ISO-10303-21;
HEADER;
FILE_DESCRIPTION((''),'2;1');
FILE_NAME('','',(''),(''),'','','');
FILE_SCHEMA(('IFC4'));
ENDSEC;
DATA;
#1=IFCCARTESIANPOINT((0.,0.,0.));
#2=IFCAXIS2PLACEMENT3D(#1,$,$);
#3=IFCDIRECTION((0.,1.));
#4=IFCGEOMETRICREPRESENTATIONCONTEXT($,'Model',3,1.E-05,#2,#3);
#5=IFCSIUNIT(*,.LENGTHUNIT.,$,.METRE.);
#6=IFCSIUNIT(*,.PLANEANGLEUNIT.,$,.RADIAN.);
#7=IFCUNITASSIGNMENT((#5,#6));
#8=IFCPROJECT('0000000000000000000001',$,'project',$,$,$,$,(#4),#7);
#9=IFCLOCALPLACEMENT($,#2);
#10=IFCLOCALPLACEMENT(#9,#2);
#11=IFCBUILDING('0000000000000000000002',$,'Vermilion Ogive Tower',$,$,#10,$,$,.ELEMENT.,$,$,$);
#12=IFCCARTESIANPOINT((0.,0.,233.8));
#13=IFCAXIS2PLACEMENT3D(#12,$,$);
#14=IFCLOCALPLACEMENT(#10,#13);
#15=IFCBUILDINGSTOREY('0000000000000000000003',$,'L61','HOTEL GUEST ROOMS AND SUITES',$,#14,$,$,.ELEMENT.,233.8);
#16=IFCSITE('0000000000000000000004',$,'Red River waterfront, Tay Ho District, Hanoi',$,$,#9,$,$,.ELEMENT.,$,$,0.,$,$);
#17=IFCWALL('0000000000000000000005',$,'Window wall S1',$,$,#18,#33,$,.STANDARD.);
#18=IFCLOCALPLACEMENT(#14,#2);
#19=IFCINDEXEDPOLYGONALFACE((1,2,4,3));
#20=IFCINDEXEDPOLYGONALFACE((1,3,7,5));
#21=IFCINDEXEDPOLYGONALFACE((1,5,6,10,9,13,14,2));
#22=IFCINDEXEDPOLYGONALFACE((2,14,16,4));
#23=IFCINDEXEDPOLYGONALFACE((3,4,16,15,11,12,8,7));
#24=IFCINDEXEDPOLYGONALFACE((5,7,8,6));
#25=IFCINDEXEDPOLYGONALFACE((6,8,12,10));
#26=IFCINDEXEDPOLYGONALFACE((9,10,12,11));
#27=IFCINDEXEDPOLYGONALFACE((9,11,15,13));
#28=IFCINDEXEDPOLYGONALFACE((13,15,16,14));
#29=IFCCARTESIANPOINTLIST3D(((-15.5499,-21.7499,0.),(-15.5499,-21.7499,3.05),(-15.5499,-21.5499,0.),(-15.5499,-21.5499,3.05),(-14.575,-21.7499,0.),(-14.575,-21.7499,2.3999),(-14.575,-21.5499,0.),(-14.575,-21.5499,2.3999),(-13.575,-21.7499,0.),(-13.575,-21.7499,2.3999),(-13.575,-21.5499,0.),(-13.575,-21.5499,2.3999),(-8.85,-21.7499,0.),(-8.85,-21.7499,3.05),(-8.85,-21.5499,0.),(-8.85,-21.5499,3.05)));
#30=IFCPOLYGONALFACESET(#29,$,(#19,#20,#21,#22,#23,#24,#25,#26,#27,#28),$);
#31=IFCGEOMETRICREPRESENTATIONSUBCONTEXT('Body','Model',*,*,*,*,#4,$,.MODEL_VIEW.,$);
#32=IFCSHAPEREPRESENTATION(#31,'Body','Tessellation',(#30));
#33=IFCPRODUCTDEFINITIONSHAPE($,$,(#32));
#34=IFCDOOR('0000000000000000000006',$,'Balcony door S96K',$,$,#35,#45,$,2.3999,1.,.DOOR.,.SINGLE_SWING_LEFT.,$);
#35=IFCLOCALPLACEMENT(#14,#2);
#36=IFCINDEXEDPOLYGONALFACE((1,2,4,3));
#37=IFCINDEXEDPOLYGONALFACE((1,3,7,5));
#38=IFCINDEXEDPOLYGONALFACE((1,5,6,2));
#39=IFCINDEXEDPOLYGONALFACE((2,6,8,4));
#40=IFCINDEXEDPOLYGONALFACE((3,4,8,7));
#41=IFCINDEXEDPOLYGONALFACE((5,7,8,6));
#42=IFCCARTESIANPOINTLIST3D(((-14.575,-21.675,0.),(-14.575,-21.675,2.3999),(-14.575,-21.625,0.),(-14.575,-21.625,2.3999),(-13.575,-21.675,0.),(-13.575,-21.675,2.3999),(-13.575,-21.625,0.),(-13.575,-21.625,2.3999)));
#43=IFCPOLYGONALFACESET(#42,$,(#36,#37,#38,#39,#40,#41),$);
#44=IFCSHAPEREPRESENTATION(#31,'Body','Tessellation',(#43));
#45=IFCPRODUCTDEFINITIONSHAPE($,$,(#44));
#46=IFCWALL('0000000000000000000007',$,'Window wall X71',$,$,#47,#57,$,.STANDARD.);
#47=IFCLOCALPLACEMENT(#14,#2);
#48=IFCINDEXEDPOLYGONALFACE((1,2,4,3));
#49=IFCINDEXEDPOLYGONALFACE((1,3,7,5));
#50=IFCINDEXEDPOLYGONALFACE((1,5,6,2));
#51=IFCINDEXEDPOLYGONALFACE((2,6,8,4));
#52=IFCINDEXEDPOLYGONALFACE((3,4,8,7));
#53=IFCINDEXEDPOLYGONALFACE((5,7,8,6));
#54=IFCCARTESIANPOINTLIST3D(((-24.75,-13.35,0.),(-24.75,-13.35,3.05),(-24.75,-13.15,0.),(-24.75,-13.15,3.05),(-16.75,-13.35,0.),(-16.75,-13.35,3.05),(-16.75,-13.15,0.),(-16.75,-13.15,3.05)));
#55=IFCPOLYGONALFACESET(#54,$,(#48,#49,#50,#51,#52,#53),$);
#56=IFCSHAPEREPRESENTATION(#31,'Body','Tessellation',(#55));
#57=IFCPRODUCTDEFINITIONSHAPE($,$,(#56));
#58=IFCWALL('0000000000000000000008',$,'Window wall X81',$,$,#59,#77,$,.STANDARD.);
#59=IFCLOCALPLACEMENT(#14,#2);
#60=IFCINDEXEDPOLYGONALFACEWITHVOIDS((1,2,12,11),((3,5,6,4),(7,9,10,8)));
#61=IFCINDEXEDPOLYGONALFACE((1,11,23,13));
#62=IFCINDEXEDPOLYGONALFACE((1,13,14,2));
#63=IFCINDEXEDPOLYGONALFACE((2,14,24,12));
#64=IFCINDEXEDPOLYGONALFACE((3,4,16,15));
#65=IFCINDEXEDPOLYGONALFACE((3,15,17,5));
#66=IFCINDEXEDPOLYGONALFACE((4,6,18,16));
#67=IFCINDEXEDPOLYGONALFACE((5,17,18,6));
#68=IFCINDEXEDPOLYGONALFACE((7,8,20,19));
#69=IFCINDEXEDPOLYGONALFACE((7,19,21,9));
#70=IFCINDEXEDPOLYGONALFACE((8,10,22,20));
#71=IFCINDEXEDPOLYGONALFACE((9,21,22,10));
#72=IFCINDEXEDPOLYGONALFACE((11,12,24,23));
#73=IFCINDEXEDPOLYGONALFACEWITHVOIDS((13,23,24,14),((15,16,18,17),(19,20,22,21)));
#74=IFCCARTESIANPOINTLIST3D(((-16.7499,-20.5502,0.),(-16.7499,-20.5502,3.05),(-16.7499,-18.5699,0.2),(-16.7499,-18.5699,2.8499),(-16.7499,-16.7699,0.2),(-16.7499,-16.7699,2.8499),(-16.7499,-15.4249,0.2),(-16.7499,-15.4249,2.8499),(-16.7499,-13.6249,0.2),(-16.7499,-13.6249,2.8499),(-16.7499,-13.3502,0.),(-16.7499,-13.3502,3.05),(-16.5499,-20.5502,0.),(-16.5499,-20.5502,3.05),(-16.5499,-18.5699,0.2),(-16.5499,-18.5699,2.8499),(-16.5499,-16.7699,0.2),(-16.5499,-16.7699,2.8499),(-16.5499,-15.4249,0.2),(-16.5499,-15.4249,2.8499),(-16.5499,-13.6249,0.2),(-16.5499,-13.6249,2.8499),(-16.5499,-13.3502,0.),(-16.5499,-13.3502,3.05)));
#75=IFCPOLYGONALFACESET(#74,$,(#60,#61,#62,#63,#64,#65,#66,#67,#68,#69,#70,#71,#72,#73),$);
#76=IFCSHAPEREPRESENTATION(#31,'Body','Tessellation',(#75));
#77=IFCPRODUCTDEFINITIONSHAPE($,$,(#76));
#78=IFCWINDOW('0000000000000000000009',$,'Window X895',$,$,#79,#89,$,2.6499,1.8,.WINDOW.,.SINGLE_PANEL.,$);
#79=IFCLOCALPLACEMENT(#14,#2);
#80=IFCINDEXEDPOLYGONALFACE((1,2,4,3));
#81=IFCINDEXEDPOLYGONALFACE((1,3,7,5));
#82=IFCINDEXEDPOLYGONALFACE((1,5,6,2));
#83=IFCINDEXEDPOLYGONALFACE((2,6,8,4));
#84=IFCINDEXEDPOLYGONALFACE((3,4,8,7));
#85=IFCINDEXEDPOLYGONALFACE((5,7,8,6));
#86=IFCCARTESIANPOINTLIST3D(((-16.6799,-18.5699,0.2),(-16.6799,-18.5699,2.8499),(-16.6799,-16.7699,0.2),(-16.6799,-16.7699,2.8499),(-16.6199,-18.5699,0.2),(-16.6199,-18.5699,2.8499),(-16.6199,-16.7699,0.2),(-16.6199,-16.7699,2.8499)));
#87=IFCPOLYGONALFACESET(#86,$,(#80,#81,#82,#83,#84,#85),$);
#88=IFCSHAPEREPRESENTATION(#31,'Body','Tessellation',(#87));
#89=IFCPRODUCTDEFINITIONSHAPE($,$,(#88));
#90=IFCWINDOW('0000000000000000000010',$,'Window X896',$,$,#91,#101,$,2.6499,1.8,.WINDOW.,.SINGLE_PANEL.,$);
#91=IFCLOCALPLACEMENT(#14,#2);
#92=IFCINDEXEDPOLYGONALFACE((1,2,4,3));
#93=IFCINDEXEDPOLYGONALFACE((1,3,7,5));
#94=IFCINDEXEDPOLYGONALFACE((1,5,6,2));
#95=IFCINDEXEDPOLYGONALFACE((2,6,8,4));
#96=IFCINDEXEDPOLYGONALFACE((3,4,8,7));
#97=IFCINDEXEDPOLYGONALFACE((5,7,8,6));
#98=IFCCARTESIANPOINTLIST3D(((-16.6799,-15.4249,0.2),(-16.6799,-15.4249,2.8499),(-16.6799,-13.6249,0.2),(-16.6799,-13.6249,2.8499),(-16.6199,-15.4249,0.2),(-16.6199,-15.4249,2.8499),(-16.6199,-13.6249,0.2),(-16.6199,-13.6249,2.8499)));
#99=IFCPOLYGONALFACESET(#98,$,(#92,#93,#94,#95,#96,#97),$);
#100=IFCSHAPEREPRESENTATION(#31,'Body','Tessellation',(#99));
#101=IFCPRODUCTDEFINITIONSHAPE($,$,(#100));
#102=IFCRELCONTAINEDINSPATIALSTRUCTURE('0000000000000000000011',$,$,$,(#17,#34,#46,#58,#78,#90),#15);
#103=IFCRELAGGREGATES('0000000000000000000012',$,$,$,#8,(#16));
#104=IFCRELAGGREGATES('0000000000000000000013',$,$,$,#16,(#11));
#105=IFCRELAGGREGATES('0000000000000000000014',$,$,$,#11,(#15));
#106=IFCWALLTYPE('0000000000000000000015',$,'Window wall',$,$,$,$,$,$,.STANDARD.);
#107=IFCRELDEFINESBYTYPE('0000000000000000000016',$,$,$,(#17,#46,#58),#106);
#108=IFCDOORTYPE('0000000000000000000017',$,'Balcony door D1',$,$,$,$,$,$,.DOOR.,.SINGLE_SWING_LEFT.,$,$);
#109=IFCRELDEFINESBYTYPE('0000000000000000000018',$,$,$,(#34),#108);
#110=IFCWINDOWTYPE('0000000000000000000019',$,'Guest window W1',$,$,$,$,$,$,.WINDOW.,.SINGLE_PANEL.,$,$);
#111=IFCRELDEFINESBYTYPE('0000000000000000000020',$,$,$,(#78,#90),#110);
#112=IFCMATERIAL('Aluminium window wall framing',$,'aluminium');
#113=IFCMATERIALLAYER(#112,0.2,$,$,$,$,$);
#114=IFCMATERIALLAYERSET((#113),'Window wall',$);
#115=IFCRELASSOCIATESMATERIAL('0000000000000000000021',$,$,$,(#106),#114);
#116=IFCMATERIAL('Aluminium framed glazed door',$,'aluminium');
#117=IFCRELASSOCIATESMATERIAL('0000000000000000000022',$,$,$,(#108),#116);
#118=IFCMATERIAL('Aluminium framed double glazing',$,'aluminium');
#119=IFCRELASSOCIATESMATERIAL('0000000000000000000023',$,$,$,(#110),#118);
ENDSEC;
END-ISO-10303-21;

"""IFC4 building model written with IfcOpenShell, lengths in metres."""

from ifc_helpers import new_model, si_unit, direction, frame, frame_2d, origin, place, context, subcontext, project, spatial, rectangle, extrude, material, layer, layer_set, type_object, element, fill, save


model = new_model("IFC4")

# Units and contexts
model_context = context("Model", 3, precision=1e-05, world=origin(), true_north=direction((0.0, 1.0)))
body_context = subcontext(model_context, "Body", "Model", "MODEL_VIEW")
ifc_project = project(units=[si_unit("LENGTHUNIT", "METRE"), si_unit("PLANEANGLEUNIT", "RADIAN")], contexts=[model_context])

# Site, building, storey
site_placement = place(None, origin())
site = spatial("IfcSite", under=ifc_project, at=site_placement, Name="Red River waterfront, Tay Ho District, Hanoi", CompositionType="ELEMENT", RefElevation=0.0)
building_placement = place(site_placement, origin())
building = spatial("IfcBuilding", under=site, at=building_placement, Name="Vermilion Ogive Tower", CompositionType="ELEMENT")
storey_placement = place(building_placement, frame((0.0, 0.0, 233.8)))
storey = spatial("IfcBuildingStorey", under=building, at=storey_placement, Name="L61", Description="HOTEL GUEST ROOMS AND SUITES", CompositionType="ELEMENT", Elevation=233.8)

# Wall, opening, door
ifc_material_1 = material(Name="Aluminium window wall framing", Category="aluminium")
ifc_layer_1 = layer(ifc_material_1, 0.2)
ifc_layer_set_1 = layer_set([ifc_layer_1], Name="Window wall")
wall_type_1 = type_object("IfcWallType", Name="Window wall", PredefinedType="STANDARD", material=ifc_layer_set_1)
wall_1_placement = place(storey_placement, frame((-15.55, -21.6499, 0.0), z_axis=(0.0, 0.0, 1.0), x_axis=(1.0, 0.0, 0.0)))
wall_1 = element("IfcWall", 1, at=wall_1_placement, inside=storey, type_object=wall_type_1, Name="Window wall S1", PredefinedType="STANDARD", context=body_context, shape_type="SweptSolid", body=[
    extrude(rectangle(XDim=6.7, YDim=0.2, at=frame_2d((3.3501, 0.0))), origin(), (0.0, 0.0, 1.0), 3.05),
])
opening_1_placement = place(wall_1_placement, frame((0.9751, 0.0, 0.0)))
opening_1 = element("IfcOpeningElement", 2, at=opening_1_placement, cuts=wall_1, PredefinedType="OPENING", context=body_context, shape_type="SweptSolid", body=[
    extrude(rectangle(XDim=1.0, YDim=2.3999, at=frame_2d((0.5, 1.2))), frame((0.0, 0.1099, 0.0), z_axis=(0.0, -1.0, 0.0), x_axis=(1.0, 0.0, 0.0)), (0.0, 0.0, 1.0), 0.22),
])
ifc_material_2 = material(Name="Aluminium framed glazed door", Category="aluminium")
door_type_1 = type_object("IfcDoorType", Name="Balcony door D1", OperationType="SINGLE_SWING_LEFT", PredefinedType="DOOR", material=ifc_material_2)
door_1_placement = place(opening_1_placement, origin())
door_1 = element("IfcDoor", 3, at=door_1_placement, inside=storey, type_object=door_type_1, Name="Balcony door S96K", OperationType="SINGLE_SWING_LEFT", OverallHeight=2.3999, OverallWidth=1.0, PredefinedType="DOOR", context=body_context, shape_type="SweptSolid", body=[
    extrude(rectangle(XDim=1.0, YDim=2.3999, at=frame_2d((0.5, 1.2))), frame((0.0, 0.0249, 0.0), z_axis=(0.0, -1.0, 0.0), x_axis=(1.0, 0.0, 0.0)), (0.0, 0.0, 1.0), 0.05),
])
fill(opening_1, door_1)

# Wall
wall_2_placement = place(storey_placement, frame((-24.75, -13.25, 0.0), z_axis=(0.0, 0.0, 1.0), x_axis=(1.0, 0.0, 0.0)))
element("IfcWall", 4, at=wall_2_placement, inside=storey, type_object=wall_type_1, Name="Window wall X71", PredefinedType="STANDARD", context=body_context, shape_type="SweptSolid", body=[
    extrude(rectangle(XDim=8.0, YDim=0.2, at=frame_2d((4.0, 0.0))), origin(), (0.0, 0.0, 1.0), 3.05),
])

# Wall, openings, windows
wall_3_placement = place(storey_placement, frame((-16.6499, -13.3501, 0.0), z_axis=(0.0, 0.0, 1.0), x_axis=(0.0, -1.0, 0.0)))
wall_3 = element("IfcWall", 5, at=wall_3_placement, inside=storey, type_object=wall_type_1, Name="Window wall X81", PredefinedType="STANDARD", context=body_context, shape_type="SweptSolid", body=[
    extrude(rectangle(XDim=7.2, YDim=0.2, at=frame_2d((3.6001, 0.0))), origin(), (0.0, 0.0, 1.0), 3.05),
])
opening_2_placement = place(wall_3_placement, frame((3.4199, 0.0, 0.2)))
opening_2 = element("IfcOpeningElement", 6, at=opening_2_placement, cuts=wall_3, PredefinedType="OPENING", context=body_context, shape_type="SweptSolid", body=[
    extrude(rectangle(XDim=1.8, YDim=2.6499, at=frame_2d((0.8999, 1.325))), frame((0.0, 0.1099, 0.0), z_axis=(0.0, -1.0, 0.0), x_axis=(1.0, 0.0, 0.0)), (0.0, 0.0, 1.0), 0.22),
])
opening_3_placement = place(wall_3_placement, frame((0.2749, 0.0, 0.2)))
opening_3 = element("IfcOpeningElement", 7, at=opening_3_placement, cuts=wall_3, PredefinedType="OPENING", context=body_context, shape_type="SweptSolid", body=[
    extrude(rectangle(XDim=1.8, YDim=2.6499, at=frame_2d((0.8999, 1.325))), frame((0.0, 0.1099, 0.0), z_axis=(0.0, -1.0, 0.0), x_axis=(1.0, 0.0, 0.0)), (0.0, 0.0, 1.0), 0.22),
])
ifc_material_3 = material(Name="Aluminium framed double glazing", Category="aluminium")
window_type = type_object("IfcWindowType", Name="Guest window W1", PartitioningType="SINGLE_PANEL", PredefinedType="WINDOW", material=ifc_material_3)
window_1_placement = place(opening_2_placement, origin())
window_1 = element("IfcWindow", 8, at=window_1_placement, inside=storey, type_object=window_type, Name="Window X895", OverallHeight=2.6499, OverallWidth=1.8, PartitioningType="SINGLE_PANEL", PredefinedType="WINDOW", context=body_context, shape_type="SweptSolid", body=[
    extrude(rectangle(XDim=1.8, YDim=2.6499, at=frame_2d((0.8999, 1.325))), frame((0.0, 0.03, 0.0), z_axis=(0.0, -1.0, 0.0), x_axis=(1.0, 0.0, 0.0)), (0.0, 0.0, 1.0), 0.0601),
])
fill(opening_2, window_1)
window_2_placement = place(opening_3_placement, origin())
window_2 = element("IfcWindow", 9, at=window_2_placement, inside=storey, type_object=window_type, Name="Window X896", OverallHeight=2.6499, OverallWidth=1.8, PartitioningType="SINGLE_PANEL", PredefinedType="WINDOW", context=body_context, shape_type="SweptSolid", body=[
    extrude(rectangle(XDim=1.8, YDim=2.6499, at=frame_2d((0.8999, 1.325))), frame((0.0, 0.03, 0.0), z_axis=(0.0, -1.0, 0.0), x_axis=(1.0, 0.0, 0.0)), (0.0, 0.0, 1.0), 0.0601),
])
fill(opening_3, window_2)

save(model, "model.ifc")
